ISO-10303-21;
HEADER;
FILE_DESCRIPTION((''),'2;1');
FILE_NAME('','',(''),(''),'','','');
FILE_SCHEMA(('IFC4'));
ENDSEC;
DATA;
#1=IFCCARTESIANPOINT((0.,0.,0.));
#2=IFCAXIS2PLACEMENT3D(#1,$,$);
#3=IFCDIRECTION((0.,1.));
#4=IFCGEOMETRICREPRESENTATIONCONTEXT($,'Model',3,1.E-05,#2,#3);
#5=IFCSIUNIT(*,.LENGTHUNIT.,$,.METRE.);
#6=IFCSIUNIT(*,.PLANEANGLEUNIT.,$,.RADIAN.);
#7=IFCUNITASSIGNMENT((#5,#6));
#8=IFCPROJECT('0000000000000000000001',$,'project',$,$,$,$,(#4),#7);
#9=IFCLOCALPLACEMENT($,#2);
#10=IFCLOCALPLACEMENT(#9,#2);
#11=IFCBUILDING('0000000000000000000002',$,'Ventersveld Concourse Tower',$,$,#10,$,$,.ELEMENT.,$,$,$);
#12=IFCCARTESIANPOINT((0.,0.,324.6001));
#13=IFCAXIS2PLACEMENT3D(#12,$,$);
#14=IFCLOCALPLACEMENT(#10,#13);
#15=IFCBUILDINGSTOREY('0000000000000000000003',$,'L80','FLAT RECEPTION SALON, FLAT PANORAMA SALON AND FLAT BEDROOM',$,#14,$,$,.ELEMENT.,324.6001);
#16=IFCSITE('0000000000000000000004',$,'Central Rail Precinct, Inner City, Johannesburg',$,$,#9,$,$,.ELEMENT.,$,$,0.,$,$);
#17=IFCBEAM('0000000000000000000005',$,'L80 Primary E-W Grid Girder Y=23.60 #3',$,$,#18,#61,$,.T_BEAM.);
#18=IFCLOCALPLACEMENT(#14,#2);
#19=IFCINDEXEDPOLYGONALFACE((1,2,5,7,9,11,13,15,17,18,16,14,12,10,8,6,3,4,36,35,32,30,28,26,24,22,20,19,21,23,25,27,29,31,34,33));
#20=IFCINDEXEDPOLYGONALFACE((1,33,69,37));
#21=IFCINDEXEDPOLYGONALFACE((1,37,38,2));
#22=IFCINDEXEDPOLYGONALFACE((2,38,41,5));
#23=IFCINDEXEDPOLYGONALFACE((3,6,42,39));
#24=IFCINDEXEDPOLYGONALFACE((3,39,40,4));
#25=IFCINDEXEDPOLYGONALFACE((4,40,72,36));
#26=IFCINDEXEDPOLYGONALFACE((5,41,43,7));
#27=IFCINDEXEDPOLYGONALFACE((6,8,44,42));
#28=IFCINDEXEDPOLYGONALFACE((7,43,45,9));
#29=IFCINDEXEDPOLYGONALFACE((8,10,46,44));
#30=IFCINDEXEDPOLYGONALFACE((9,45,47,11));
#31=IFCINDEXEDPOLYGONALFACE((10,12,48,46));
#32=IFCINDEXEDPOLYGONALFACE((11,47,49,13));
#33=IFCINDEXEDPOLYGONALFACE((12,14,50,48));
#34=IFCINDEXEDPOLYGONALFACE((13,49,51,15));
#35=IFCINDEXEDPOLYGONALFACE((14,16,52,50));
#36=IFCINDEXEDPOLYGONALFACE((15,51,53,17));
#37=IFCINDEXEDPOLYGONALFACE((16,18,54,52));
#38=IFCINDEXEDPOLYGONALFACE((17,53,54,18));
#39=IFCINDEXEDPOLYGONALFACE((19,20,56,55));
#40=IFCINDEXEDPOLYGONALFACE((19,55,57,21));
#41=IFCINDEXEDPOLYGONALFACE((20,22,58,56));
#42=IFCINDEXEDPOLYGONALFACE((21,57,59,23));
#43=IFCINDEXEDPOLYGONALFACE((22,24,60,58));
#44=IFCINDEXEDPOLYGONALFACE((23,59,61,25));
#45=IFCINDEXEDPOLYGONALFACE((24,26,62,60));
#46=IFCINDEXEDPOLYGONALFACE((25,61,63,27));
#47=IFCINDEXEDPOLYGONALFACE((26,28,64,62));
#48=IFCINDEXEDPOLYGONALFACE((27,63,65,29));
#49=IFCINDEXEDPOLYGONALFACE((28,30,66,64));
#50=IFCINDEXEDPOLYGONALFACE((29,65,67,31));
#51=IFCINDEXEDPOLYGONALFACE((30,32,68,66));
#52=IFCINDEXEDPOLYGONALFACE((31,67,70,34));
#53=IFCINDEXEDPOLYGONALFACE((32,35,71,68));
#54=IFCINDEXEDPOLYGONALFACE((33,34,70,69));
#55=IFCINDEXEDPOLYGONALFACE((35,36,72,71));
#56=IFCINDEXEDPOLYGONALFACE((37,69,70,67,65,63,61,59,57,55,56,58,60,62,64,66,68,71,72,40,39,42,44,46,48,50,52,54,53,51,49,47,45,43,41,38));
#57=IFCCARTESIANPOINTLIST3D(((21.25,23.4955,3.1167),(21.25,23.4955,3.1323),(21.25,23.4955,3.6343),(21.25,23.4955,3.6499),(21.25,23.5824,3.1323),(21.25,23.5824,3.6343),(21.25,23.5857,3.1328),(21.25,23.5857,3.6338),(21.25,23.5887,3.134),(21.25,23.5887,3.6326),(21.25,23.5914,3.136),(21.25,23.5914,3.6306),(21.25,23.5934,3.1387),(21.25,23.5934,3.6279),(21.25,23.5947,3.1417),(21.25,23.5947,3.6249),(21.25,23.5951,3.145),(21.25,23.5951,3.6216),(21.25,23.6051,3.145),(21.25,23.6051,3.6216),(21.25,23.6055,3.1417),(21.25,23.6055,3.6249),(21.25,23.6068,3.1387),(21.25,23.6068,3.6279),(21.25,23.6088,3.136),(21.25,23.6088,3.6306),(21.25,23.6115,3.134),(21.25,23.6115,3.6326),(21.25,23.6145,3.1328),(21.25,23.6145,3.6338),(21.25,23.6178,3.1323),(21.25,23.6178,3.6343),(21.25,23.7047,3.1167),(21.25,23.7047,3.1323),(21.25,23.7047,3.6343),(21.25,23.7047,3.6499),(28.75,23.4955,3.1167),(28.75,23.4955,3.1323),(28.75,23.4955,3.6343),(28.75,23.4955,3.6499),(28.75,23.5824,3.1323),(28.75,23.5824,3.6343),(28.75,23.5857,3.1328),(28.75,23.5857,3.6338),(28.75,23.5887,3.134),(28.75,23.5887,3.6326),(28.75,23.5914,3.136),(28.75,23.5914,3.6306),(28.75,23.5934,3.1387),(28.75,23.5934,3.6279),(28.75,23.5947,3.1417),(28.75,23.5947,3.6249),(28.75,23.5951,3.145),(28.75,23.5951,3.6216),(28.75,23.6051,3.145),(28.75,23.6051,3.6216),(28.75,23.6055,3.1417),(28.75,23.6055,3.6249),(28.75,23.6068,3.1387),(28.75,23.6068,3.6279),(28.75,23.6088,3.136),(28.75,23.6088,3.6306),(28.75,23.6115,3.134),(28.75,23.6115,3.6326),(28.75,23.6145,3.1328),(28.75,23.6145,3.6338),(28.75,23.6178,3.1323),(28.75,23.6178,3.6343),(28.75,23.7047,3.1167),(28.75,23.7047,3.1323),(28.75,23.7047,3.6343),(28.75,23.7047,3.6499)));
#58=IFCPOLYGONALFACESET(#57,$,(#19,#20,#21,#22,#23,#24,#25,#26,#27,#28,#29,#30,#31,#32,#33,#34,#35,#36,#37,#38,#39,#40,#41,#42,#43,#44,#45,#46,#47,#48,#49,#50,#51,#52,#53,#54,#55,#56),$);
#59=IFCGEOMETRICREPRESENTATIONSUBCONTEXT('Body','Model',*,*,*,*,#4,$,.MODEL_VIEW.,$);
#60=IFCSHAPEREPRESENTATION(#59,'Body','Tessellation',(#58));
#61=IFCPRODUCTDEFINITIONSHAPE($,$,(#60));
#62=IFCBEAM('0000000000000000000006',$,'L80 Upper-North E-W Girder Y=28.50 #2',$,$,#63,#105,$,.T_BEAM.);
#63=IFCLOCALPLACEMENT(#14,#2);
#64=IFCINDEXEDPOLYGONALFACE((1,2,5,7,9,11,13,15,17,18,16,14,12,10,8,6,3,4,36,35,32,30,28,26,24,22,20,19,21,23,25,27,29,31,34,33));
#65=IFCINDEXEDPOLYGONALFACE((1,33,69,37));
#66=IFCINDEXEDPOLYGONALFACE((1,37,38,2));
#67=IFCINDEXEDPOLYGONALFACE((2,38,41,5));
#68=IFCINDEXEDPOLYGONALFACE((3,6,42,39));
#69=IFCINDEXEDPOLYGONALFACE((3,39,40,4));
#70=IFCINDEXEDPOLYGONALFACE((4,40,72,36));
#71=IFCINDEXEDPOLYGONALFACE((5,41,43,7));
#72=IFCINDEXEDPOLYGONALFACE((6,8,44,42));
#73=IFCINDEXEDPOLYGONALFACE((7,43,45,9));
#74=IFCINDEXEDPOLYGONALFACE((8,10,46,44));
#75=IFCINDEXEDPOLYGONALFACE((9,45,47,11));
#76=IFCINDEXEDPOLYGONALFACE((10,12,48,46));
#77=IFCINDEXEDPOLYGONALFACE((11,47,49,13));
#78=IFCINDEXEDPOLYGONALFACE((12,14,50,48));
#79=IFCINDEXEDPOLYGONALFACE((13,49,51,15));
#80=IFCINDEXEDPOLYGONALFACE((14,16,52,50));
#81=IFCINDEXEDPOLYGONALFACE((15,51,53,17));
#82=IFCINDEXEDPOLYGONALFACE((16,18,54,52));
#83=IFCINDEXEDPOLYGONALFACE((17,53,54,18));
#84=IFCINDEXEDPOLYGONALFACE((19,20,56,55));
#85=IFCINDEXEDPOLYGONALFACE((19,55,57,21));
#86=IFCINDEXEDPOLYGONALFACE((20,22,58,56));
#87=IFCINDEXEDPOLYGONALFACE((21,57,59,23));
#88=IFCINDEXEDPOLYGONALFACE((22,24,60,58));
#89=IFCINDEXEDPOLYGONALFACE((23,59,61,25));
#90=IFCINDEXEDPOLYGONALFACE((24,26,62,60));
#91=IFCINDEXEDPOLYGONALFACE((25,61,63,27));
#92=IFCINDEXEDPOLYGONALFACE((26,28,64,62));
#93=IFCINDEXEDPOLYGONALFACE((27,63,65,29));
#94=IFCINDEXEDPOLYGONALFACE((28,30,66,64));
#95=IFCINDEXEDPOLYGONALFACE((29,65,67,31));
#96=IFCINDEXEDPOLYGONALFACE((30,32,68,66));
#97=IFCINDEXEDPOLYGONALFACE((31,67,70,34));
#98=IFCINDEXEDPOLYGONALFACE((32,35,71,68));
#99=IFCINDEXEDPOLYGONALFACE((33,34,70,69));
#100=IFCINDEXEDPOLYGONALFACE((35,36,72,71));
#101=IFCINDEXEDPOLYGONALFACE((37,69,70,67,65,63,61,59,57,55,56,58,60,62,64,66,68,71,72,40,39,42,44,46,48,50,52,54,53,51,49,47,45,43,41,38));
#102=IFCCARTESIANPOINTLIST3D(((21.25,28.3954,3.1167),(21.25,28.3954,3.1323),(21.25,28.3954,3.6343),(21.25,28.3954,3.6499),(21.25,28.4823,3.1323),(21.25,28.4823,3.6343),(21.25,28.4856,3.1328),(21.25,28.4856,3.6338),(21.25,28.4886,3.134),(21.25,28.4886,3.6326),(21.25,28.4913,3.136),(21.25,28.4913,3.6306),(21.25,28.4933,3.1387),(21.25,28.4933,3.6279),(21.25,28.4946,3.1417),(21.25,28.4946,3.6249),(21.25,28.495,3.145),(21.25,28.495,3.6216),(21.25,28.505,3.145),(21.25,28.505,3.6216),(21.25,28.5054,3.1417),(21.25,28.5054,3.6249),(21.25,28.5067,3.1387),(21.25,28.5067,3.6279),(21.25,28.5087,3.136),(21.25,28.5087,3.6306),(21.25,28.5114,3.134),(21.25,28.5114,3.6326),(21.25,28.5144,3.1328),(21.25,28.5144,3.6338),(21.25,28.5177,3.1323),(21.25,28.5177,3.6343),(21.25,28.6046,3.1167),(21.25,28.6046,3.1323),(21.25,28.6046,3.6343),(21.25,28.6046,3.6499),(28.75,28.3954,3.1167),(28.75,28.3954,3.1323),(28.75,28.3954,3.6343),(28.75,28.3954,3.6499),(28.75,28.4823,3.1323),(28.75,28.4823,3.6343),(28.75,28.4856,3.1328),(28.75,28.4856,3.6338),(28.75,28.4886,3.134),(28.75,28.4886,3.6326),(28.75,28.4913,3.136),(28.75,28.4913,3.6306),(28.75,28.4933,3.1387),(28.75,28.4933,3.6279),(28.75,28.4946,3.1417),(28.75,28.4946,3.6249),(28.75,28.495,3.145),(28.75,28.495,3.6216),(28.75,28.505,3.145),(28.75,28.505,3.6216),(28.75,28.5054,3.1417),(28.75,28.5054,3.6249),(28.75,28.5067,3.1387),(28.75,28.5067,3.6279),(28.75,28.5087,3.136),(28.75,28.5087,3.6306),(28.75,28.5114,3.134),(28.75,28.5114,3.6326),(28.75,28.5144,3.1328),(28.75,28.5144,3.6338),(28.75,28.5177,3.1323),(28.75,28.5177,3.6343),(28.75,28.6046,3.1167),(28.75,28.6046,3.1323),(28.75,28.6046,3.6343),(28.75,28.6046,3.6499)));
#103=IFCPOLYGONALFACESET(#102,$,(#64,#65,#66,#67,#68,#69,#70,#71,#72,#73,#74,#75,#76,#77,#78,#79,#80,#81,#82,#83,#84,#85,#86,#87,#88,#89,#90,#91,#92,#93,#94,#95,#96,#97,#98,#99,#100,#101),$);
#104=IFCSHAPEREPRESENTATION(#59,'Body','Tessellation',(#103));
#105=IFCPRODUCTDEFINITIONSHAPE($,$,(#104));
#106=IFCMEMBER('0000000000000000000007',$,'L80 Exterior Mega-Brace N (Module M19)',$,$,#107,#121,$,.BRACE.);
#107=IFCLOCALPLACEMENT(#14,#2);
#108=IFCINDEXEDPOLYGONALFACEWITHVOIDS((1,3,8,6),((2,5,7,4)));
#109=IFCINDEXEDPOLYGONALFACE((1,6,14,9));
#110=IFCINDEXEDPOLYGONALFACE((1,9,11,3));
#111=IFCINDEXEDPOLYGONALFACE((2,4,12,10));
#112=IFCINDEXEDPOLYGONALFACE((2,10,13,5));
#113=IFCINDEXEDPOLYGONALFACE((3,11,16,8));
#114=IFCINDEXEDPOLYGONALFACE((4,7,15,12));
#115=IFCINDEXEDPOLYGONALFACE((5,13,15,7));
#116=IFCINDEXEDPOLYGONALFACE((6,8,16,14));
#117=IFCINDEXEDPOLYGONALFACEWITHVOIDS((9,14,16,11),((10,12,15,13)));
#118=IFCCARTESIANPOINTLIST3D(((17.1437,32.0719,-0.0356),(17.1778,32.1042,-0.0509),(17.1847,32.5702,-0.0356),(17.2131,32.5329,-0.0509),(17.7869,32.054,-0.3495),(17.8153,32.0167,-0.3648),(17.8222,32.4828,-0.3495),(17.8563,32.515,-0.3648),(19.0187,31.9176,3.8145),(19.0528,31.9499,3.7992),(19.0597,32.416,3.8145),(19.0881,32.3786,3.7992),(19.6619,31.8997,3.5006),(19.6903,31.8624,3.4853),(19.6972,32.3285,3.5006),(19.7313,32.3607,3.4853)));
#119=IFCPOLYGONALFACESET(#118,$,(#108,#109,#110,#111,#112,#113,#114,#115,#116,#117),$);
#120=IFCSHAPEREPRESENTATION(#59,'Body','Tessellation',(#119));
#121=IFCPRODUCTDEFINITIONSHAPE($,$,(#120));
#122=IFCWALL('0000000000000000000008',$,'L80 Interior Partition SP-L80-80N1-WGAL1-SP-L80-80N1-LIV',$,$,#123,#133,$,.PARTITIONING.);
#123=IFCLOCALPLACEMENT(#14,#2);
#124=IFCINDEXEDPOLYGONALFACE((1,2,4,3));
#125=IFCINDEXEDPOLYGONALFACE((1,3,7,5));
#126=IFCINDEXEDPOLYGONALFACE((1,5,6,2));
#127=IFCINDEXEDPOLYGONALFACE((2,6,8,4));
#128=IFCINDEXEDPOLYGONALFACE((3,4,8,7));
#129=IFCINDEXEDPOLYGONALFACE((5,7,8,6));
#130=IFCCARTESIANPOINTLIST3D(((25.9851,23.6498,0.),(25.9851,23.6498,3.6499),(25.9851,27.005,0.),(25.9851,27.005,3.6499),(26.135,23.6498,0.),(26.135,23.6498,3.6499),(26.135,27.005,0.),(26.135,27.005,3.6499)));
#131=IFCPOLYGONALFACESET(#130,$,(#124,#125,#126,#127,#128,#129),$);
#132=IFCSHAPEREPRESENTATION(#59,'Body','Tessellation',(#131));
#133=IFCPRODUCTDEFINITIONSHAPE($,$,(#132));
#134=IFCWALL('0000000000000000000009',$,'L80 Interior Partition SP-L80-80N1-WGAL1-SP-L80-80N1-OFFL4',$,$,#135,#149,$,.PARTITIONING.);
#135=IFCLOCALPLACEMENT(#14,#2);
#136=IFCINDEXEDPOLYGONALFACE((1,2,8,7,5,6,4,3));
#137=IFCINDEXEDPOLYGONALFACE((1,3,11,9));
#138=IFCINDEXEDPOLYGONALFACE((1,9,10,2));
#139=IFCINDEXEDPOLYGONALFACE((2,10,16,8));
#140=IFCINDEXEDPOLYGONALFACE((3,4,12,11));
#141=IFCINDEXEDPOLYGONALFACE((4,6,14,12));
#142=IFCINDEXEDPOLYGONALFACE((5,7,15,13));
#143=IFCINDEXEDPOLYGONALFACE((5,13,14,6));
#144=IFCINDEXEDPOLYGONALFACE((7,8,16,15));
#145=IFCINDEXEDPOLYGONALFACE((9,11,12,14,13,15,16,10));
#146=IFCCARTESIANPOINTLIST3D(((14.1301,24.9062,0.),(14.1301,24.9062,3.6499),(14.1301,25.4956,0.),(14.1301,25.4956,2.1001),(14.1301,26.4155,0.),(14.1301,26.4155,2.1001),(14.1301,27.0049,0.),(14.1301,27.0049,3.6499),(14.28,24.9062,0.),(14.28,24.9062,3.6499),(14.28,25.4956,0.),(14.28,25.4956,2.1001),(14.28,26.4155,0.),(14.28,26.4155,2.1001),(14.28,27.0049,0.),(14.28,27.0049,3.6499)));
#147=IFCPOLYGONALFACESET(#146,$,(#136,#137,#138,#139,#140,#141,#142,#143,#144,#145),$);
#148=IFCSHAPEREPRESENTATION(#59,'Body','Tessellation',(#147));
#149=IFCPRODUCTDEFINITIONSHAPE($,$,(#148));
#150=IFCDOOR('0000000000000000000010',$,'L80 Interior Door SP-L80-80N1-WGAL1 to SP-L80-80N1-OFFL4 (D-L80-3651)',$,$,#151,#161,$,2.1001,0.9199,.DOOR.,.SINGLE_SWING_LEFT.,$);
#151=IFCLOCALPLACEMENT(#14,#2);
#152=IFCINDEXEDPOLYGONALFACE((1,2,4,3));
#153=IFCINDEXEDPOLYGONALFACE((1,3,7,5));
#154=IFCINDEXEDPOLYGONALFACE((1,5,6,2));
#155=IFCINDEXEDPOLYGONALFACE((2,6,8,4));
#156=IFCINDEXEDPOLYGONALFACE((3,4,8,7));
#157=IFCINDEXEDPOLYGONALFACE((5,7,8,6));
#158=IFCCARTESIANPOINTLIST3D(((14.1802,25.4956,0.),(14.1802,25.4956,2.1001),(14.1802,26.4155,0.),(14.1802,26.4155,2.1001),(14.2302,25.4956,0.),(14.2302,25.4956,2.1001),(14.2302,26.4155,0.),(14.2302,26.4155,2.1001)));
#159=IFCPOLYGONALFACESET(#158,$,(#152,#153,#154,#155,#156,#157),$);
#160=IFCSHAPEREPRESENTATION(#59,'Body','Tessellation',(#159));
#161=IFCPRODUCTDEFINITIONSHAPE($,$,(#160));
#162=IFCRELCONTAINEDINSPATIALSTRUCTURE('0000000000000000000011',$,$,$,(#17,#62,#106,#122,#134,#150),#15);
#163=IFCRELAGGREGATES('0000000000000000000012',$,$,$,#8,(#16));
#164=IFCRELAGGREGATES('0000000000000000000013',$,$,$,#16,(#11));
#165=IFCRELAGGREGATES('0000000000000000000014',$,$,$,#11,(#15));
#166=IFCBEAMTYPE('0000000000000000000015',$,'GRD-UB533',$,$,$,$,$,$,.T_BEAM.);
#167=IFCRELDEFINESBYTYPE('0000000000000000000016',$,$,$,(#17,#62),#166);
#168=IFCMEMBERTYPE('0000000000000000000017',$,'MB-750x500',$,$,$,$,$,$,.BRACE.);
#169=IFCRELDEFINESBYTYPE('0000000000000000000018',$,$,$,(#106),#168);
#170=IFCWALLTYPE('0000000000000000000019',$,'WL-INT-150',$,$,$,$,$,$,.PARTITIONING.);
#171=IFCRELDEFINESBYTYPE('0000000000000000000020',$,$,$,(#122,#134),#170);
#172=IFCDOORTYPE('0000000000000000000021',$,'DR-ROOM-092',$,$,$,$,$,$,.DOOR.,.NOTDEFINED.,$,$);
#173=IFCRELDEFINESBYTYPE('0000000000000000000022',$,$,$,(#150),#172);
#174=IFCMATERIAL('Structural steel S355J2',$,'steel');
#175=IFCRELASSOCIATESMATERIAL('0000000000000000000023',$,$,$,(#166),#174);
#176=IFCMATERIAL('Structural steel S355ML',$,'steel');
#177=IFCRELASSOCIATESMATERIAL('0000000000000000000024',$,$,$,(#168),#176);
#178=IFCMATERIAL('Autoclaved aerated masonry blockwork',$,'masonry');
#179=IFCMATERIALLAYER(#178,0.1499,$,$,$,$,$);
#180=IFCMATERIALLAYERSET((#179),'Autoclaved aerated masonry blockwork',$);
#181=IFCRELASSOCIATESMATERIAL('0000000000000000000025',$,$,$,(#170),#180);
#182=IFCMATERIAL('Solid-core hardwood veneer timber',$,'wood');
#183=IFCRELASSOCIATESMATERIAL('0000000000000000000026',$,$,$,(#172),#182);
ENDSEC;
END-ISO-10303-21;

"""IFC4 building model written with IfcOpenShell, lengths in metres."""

from ifc_helpers import new_model, si_unit, direction, frame, frame_2d, origin, origin_2d, place, context, subcontext, project, spatial, rectangle, hollow_rectangle, i_section, extrude, material, layer, layer_set, material_profile, profile_set, type_object, element, fill, save


model = new_model("IFC4")

# Units and contexts
model_context = context("Model", 3, precision=1e-05, world=origin(), true_north=direction((0.0, 1.0)))
body_context = subcontext(model_context, "Body", "Model", "MODEL_VIEW")
ifc_project = project(units=[si_unit("LENGTHUNIT", "METRE"), si_unit("PLANEANGLEUNIT", "RADIAN")], contexts=[model_context])

# Site, building, storey
site_placement = place(None, origin())
site = spatial("IfcSite", under=ifc_project, at=site_placement, Name="Central Rail Precinct, Inner City, Johannesburg", CompositionType="ELEMENT", RefElevation=0.0)
building_placement = place(site_placement, origin())
building = spatial("IfcBuilding", under=site, at=building_placement, Name="Ventersveld Concourse Tower", CompositionType="ELEMENT")
storey_placement = place(building_placement, frame((0.0, 0.0, 324.6001)))
storey = spatial("IfcBuildingStorey", under=building, at=storey_placement, Name="L80", Description="FLAT RECEPTION SALON, FLAT PANORAMA SALON AND FLAT BEDROOM", CompositionType="ELEMENT", Elevation=324.6001)

# Shared definitions
ifc_material_1 = material(Name="Structural steel S355J2", Category="steel")

# Beams
ifc_material_profile_1 = material_profile(ifc_material_1, i_section(OverallWidth=0.2092, OverallDepth=0.5332, WebThickness=0.01, FlangeThickness=0.0156, FilletRadius=0.0127, at=origin_2d()), Name="UB 533x210x92")
ifc_profile_set_1 = profile_set([ifc_material_profile_1], Name="Structural steel S355J2")
beam_type_1 = type_object("IfcBeamType", Name="GRD-UB533", PredefinedType="T_BEAM", material=ifc_profile_set_1)
for number, where, z_axis, x_axis, name in (
    (1, (21.25, 23.6001, 3.3833), (1.0, 0.0, 0.0), (0.0, 1.0, 0.0), "L80 Primary E-W Grid Girder Y=23.60 #3"),
    (2, (21.25, 28.5, 3.3833), (1.0, 0.0, 0.0), (0.0, 1.0, 0.0), "L80 Upper-North E-W Girder Y=28.50 #2"),
):
    element("IfcBeam", number, at=place(storey_placement, frame(where, z_axis=z_axis, x_axis=x_axis)), inside=storey, type_object=beam_type_1, Name=name, PredefinedType="T_BEAM", context=body_context, shape_type="SweptSolid", body=[
        extrude(i_section(OverallWidth=0.2092, OverallDepth=0.5332, WebThickness=0.01, FlangeThickness=0.0156, FilletRadius=0.0127, at=origin_2d()), origin(), (0.0, 0.0, 1.0), 7.5),
    ])

# Member
ifc_material_2 = material(Name="Structural steel S355ML", Category="steel")
ifc_material_profile_2 = material_profile(ifc_material_2, hollow_rectangle(XDim=0.5, YDim=0.75, WallThickness=0.0349, at=origin_2d()), Name="BOX 750x500x35")
ifc_profile_set_2 = profile_set([ifc_material_profile_2], Name="Structural steel S355ML")
member_type = type_object("IfcMemberType", Name="MB-750x500", PredefinedType="BRACE", material=ifc_profile_set_2)
member_placement = place(storey_placement, frame((17.5, 32.2935, -0.2002), z_axis=(0.437556, -0.036007, 0.89847), x_axis=(0.082014, 0.996631, 0.0)))
element("IfcMember", 3, at=member_placement, inside=storey, type_object=member_type, Name="L80 Exterior Mega-Brace N (Module M19)", PredefinedType="BRACE", context=body_context, shape_type="SweptSolid", body=[
    extrude(hollow_rectangle(XDim=0.5, YDim=0.75, WallThickness=0.0349, at=origin_2d()), origin(), (0.0, 0.0, 1.0), 4.2852),
])

# Wall
ifc_material_3 = material(Name="Autoclaved aerated masonry blockwork", Category="masonry")
ifc_layer = layer(ifc_material_3, 0.1499)
ifc_layer_set = layer_set([ifc_layer], Name="Autoclaved aerated masonry blockwork")
wall_type = type_object("IfcWallType", Name="WL-INT-150", PredefinedType="PARTITIONING", material=ifc_layer_set)
wall_1_placement = place(storey_placement, frame((26.0601, 23.6497, 0.0), z_axis=(0.0, 0.0, 1.0), x_axis=(0.0, 1.0, 0.0)))
element("IfcWall", 4, at=wall_1_placement, inside=storey, type_object=wall_type, Name="L80 Interior Partition SP-L80-80N1-WGAL1-SP-L80-80N1-LIV", PredefinedType="PARTITIONING", context=body_context, shape_type="SweptSolid", body=[
    extrude(rectangle(XDim=3.3552, YDim=0.1499, at=frame_2d((1.6777, 0.0))), origin(), (0.0, 0.0, 1.0), 3.6499),
])

# Wall, opening, door
wall_2_placement = place(storey_placement, frame((14.2051, 24.9062, 0.0), z_axis=(0.0, 0.0, 1.0), x_axis=(0.0, 1.0, 0.0)))
wall_2 = element("IfcWall", 5, at=wall_2_placement, inside=storey, type_object=wall_type, Name="L80 Interior Partition SP-L80-80N1-WGAL1-SP-L80-80N1-OFFL4", PredefinedType="PARTITIONING", context=body_context, shape_type="SweptSolid", body=[
    extrude(rectangle(XDim=2.0986, YDim=0.1499, at=frame_2d((1.0493, 0.0))), origin(), (0.0, 0.0, 1.0), 3.6499),
])
opening_1_placement = place(wall_2_placement, frame((0.5894, 0.0, 0.0)))
opening_1 = element("IfcOpeningElement", 6, at=opening_1_placement, cuts=wall_2, PredefinedType="OPENING", context=body_context, shape_type="SweptSolid", body=[
    extrude(rectangle(XDim=0.9199, YDim=2.1001, at=frame_2d((0.46, 1.05))), frame((0.0, 0.085, 0.0), z_axis=(0.0, -1.0, 0.0), x_axis=(1.0, 0.0, 0.0)), (0.0, 0.0, 1.0), 0.1699),
])
ifc_material_4 = material(Name="Solid-core hardwood veneer timber", Category="wood")
door_type = type_object("IfcDoorType", Name="DR-ROOM-092", OperationType="NOTDEFINED", PredefinedType="DOOR", material=ifc_material_4)
door_1_placement = place(opening_1_placement, origin())
door_1 = element("IfcDoor", 7, at=door_1_placement, inside=storey, type_object=door_type, Name="L80 Interior Door SP-L80-80N1-WGAL1 to SP-L80-80N1-OFFL4 (D-L80-3651)", OperationType="SINGLE_SWING_LEFT", OverallHeight=2.1001, OverallWidth=0.9199, PredefinedType="DOOR", context=body_context, shape_type="SweptSolid", body=[
    extrude(rectangle(XDim=0.9199, YDim=2.1001, at=frame_2d((0.46, 1.05))), frame((0.0, 0.0249, 0.0), z_axis=(0.0, -1.0, 0.0), x_axis=(1.0, 0.0, 0.0)), (0.0, 0.0, 1.0), 0.05),
])
fill(opening_1, door_1)

save(model, "model.ifc")
